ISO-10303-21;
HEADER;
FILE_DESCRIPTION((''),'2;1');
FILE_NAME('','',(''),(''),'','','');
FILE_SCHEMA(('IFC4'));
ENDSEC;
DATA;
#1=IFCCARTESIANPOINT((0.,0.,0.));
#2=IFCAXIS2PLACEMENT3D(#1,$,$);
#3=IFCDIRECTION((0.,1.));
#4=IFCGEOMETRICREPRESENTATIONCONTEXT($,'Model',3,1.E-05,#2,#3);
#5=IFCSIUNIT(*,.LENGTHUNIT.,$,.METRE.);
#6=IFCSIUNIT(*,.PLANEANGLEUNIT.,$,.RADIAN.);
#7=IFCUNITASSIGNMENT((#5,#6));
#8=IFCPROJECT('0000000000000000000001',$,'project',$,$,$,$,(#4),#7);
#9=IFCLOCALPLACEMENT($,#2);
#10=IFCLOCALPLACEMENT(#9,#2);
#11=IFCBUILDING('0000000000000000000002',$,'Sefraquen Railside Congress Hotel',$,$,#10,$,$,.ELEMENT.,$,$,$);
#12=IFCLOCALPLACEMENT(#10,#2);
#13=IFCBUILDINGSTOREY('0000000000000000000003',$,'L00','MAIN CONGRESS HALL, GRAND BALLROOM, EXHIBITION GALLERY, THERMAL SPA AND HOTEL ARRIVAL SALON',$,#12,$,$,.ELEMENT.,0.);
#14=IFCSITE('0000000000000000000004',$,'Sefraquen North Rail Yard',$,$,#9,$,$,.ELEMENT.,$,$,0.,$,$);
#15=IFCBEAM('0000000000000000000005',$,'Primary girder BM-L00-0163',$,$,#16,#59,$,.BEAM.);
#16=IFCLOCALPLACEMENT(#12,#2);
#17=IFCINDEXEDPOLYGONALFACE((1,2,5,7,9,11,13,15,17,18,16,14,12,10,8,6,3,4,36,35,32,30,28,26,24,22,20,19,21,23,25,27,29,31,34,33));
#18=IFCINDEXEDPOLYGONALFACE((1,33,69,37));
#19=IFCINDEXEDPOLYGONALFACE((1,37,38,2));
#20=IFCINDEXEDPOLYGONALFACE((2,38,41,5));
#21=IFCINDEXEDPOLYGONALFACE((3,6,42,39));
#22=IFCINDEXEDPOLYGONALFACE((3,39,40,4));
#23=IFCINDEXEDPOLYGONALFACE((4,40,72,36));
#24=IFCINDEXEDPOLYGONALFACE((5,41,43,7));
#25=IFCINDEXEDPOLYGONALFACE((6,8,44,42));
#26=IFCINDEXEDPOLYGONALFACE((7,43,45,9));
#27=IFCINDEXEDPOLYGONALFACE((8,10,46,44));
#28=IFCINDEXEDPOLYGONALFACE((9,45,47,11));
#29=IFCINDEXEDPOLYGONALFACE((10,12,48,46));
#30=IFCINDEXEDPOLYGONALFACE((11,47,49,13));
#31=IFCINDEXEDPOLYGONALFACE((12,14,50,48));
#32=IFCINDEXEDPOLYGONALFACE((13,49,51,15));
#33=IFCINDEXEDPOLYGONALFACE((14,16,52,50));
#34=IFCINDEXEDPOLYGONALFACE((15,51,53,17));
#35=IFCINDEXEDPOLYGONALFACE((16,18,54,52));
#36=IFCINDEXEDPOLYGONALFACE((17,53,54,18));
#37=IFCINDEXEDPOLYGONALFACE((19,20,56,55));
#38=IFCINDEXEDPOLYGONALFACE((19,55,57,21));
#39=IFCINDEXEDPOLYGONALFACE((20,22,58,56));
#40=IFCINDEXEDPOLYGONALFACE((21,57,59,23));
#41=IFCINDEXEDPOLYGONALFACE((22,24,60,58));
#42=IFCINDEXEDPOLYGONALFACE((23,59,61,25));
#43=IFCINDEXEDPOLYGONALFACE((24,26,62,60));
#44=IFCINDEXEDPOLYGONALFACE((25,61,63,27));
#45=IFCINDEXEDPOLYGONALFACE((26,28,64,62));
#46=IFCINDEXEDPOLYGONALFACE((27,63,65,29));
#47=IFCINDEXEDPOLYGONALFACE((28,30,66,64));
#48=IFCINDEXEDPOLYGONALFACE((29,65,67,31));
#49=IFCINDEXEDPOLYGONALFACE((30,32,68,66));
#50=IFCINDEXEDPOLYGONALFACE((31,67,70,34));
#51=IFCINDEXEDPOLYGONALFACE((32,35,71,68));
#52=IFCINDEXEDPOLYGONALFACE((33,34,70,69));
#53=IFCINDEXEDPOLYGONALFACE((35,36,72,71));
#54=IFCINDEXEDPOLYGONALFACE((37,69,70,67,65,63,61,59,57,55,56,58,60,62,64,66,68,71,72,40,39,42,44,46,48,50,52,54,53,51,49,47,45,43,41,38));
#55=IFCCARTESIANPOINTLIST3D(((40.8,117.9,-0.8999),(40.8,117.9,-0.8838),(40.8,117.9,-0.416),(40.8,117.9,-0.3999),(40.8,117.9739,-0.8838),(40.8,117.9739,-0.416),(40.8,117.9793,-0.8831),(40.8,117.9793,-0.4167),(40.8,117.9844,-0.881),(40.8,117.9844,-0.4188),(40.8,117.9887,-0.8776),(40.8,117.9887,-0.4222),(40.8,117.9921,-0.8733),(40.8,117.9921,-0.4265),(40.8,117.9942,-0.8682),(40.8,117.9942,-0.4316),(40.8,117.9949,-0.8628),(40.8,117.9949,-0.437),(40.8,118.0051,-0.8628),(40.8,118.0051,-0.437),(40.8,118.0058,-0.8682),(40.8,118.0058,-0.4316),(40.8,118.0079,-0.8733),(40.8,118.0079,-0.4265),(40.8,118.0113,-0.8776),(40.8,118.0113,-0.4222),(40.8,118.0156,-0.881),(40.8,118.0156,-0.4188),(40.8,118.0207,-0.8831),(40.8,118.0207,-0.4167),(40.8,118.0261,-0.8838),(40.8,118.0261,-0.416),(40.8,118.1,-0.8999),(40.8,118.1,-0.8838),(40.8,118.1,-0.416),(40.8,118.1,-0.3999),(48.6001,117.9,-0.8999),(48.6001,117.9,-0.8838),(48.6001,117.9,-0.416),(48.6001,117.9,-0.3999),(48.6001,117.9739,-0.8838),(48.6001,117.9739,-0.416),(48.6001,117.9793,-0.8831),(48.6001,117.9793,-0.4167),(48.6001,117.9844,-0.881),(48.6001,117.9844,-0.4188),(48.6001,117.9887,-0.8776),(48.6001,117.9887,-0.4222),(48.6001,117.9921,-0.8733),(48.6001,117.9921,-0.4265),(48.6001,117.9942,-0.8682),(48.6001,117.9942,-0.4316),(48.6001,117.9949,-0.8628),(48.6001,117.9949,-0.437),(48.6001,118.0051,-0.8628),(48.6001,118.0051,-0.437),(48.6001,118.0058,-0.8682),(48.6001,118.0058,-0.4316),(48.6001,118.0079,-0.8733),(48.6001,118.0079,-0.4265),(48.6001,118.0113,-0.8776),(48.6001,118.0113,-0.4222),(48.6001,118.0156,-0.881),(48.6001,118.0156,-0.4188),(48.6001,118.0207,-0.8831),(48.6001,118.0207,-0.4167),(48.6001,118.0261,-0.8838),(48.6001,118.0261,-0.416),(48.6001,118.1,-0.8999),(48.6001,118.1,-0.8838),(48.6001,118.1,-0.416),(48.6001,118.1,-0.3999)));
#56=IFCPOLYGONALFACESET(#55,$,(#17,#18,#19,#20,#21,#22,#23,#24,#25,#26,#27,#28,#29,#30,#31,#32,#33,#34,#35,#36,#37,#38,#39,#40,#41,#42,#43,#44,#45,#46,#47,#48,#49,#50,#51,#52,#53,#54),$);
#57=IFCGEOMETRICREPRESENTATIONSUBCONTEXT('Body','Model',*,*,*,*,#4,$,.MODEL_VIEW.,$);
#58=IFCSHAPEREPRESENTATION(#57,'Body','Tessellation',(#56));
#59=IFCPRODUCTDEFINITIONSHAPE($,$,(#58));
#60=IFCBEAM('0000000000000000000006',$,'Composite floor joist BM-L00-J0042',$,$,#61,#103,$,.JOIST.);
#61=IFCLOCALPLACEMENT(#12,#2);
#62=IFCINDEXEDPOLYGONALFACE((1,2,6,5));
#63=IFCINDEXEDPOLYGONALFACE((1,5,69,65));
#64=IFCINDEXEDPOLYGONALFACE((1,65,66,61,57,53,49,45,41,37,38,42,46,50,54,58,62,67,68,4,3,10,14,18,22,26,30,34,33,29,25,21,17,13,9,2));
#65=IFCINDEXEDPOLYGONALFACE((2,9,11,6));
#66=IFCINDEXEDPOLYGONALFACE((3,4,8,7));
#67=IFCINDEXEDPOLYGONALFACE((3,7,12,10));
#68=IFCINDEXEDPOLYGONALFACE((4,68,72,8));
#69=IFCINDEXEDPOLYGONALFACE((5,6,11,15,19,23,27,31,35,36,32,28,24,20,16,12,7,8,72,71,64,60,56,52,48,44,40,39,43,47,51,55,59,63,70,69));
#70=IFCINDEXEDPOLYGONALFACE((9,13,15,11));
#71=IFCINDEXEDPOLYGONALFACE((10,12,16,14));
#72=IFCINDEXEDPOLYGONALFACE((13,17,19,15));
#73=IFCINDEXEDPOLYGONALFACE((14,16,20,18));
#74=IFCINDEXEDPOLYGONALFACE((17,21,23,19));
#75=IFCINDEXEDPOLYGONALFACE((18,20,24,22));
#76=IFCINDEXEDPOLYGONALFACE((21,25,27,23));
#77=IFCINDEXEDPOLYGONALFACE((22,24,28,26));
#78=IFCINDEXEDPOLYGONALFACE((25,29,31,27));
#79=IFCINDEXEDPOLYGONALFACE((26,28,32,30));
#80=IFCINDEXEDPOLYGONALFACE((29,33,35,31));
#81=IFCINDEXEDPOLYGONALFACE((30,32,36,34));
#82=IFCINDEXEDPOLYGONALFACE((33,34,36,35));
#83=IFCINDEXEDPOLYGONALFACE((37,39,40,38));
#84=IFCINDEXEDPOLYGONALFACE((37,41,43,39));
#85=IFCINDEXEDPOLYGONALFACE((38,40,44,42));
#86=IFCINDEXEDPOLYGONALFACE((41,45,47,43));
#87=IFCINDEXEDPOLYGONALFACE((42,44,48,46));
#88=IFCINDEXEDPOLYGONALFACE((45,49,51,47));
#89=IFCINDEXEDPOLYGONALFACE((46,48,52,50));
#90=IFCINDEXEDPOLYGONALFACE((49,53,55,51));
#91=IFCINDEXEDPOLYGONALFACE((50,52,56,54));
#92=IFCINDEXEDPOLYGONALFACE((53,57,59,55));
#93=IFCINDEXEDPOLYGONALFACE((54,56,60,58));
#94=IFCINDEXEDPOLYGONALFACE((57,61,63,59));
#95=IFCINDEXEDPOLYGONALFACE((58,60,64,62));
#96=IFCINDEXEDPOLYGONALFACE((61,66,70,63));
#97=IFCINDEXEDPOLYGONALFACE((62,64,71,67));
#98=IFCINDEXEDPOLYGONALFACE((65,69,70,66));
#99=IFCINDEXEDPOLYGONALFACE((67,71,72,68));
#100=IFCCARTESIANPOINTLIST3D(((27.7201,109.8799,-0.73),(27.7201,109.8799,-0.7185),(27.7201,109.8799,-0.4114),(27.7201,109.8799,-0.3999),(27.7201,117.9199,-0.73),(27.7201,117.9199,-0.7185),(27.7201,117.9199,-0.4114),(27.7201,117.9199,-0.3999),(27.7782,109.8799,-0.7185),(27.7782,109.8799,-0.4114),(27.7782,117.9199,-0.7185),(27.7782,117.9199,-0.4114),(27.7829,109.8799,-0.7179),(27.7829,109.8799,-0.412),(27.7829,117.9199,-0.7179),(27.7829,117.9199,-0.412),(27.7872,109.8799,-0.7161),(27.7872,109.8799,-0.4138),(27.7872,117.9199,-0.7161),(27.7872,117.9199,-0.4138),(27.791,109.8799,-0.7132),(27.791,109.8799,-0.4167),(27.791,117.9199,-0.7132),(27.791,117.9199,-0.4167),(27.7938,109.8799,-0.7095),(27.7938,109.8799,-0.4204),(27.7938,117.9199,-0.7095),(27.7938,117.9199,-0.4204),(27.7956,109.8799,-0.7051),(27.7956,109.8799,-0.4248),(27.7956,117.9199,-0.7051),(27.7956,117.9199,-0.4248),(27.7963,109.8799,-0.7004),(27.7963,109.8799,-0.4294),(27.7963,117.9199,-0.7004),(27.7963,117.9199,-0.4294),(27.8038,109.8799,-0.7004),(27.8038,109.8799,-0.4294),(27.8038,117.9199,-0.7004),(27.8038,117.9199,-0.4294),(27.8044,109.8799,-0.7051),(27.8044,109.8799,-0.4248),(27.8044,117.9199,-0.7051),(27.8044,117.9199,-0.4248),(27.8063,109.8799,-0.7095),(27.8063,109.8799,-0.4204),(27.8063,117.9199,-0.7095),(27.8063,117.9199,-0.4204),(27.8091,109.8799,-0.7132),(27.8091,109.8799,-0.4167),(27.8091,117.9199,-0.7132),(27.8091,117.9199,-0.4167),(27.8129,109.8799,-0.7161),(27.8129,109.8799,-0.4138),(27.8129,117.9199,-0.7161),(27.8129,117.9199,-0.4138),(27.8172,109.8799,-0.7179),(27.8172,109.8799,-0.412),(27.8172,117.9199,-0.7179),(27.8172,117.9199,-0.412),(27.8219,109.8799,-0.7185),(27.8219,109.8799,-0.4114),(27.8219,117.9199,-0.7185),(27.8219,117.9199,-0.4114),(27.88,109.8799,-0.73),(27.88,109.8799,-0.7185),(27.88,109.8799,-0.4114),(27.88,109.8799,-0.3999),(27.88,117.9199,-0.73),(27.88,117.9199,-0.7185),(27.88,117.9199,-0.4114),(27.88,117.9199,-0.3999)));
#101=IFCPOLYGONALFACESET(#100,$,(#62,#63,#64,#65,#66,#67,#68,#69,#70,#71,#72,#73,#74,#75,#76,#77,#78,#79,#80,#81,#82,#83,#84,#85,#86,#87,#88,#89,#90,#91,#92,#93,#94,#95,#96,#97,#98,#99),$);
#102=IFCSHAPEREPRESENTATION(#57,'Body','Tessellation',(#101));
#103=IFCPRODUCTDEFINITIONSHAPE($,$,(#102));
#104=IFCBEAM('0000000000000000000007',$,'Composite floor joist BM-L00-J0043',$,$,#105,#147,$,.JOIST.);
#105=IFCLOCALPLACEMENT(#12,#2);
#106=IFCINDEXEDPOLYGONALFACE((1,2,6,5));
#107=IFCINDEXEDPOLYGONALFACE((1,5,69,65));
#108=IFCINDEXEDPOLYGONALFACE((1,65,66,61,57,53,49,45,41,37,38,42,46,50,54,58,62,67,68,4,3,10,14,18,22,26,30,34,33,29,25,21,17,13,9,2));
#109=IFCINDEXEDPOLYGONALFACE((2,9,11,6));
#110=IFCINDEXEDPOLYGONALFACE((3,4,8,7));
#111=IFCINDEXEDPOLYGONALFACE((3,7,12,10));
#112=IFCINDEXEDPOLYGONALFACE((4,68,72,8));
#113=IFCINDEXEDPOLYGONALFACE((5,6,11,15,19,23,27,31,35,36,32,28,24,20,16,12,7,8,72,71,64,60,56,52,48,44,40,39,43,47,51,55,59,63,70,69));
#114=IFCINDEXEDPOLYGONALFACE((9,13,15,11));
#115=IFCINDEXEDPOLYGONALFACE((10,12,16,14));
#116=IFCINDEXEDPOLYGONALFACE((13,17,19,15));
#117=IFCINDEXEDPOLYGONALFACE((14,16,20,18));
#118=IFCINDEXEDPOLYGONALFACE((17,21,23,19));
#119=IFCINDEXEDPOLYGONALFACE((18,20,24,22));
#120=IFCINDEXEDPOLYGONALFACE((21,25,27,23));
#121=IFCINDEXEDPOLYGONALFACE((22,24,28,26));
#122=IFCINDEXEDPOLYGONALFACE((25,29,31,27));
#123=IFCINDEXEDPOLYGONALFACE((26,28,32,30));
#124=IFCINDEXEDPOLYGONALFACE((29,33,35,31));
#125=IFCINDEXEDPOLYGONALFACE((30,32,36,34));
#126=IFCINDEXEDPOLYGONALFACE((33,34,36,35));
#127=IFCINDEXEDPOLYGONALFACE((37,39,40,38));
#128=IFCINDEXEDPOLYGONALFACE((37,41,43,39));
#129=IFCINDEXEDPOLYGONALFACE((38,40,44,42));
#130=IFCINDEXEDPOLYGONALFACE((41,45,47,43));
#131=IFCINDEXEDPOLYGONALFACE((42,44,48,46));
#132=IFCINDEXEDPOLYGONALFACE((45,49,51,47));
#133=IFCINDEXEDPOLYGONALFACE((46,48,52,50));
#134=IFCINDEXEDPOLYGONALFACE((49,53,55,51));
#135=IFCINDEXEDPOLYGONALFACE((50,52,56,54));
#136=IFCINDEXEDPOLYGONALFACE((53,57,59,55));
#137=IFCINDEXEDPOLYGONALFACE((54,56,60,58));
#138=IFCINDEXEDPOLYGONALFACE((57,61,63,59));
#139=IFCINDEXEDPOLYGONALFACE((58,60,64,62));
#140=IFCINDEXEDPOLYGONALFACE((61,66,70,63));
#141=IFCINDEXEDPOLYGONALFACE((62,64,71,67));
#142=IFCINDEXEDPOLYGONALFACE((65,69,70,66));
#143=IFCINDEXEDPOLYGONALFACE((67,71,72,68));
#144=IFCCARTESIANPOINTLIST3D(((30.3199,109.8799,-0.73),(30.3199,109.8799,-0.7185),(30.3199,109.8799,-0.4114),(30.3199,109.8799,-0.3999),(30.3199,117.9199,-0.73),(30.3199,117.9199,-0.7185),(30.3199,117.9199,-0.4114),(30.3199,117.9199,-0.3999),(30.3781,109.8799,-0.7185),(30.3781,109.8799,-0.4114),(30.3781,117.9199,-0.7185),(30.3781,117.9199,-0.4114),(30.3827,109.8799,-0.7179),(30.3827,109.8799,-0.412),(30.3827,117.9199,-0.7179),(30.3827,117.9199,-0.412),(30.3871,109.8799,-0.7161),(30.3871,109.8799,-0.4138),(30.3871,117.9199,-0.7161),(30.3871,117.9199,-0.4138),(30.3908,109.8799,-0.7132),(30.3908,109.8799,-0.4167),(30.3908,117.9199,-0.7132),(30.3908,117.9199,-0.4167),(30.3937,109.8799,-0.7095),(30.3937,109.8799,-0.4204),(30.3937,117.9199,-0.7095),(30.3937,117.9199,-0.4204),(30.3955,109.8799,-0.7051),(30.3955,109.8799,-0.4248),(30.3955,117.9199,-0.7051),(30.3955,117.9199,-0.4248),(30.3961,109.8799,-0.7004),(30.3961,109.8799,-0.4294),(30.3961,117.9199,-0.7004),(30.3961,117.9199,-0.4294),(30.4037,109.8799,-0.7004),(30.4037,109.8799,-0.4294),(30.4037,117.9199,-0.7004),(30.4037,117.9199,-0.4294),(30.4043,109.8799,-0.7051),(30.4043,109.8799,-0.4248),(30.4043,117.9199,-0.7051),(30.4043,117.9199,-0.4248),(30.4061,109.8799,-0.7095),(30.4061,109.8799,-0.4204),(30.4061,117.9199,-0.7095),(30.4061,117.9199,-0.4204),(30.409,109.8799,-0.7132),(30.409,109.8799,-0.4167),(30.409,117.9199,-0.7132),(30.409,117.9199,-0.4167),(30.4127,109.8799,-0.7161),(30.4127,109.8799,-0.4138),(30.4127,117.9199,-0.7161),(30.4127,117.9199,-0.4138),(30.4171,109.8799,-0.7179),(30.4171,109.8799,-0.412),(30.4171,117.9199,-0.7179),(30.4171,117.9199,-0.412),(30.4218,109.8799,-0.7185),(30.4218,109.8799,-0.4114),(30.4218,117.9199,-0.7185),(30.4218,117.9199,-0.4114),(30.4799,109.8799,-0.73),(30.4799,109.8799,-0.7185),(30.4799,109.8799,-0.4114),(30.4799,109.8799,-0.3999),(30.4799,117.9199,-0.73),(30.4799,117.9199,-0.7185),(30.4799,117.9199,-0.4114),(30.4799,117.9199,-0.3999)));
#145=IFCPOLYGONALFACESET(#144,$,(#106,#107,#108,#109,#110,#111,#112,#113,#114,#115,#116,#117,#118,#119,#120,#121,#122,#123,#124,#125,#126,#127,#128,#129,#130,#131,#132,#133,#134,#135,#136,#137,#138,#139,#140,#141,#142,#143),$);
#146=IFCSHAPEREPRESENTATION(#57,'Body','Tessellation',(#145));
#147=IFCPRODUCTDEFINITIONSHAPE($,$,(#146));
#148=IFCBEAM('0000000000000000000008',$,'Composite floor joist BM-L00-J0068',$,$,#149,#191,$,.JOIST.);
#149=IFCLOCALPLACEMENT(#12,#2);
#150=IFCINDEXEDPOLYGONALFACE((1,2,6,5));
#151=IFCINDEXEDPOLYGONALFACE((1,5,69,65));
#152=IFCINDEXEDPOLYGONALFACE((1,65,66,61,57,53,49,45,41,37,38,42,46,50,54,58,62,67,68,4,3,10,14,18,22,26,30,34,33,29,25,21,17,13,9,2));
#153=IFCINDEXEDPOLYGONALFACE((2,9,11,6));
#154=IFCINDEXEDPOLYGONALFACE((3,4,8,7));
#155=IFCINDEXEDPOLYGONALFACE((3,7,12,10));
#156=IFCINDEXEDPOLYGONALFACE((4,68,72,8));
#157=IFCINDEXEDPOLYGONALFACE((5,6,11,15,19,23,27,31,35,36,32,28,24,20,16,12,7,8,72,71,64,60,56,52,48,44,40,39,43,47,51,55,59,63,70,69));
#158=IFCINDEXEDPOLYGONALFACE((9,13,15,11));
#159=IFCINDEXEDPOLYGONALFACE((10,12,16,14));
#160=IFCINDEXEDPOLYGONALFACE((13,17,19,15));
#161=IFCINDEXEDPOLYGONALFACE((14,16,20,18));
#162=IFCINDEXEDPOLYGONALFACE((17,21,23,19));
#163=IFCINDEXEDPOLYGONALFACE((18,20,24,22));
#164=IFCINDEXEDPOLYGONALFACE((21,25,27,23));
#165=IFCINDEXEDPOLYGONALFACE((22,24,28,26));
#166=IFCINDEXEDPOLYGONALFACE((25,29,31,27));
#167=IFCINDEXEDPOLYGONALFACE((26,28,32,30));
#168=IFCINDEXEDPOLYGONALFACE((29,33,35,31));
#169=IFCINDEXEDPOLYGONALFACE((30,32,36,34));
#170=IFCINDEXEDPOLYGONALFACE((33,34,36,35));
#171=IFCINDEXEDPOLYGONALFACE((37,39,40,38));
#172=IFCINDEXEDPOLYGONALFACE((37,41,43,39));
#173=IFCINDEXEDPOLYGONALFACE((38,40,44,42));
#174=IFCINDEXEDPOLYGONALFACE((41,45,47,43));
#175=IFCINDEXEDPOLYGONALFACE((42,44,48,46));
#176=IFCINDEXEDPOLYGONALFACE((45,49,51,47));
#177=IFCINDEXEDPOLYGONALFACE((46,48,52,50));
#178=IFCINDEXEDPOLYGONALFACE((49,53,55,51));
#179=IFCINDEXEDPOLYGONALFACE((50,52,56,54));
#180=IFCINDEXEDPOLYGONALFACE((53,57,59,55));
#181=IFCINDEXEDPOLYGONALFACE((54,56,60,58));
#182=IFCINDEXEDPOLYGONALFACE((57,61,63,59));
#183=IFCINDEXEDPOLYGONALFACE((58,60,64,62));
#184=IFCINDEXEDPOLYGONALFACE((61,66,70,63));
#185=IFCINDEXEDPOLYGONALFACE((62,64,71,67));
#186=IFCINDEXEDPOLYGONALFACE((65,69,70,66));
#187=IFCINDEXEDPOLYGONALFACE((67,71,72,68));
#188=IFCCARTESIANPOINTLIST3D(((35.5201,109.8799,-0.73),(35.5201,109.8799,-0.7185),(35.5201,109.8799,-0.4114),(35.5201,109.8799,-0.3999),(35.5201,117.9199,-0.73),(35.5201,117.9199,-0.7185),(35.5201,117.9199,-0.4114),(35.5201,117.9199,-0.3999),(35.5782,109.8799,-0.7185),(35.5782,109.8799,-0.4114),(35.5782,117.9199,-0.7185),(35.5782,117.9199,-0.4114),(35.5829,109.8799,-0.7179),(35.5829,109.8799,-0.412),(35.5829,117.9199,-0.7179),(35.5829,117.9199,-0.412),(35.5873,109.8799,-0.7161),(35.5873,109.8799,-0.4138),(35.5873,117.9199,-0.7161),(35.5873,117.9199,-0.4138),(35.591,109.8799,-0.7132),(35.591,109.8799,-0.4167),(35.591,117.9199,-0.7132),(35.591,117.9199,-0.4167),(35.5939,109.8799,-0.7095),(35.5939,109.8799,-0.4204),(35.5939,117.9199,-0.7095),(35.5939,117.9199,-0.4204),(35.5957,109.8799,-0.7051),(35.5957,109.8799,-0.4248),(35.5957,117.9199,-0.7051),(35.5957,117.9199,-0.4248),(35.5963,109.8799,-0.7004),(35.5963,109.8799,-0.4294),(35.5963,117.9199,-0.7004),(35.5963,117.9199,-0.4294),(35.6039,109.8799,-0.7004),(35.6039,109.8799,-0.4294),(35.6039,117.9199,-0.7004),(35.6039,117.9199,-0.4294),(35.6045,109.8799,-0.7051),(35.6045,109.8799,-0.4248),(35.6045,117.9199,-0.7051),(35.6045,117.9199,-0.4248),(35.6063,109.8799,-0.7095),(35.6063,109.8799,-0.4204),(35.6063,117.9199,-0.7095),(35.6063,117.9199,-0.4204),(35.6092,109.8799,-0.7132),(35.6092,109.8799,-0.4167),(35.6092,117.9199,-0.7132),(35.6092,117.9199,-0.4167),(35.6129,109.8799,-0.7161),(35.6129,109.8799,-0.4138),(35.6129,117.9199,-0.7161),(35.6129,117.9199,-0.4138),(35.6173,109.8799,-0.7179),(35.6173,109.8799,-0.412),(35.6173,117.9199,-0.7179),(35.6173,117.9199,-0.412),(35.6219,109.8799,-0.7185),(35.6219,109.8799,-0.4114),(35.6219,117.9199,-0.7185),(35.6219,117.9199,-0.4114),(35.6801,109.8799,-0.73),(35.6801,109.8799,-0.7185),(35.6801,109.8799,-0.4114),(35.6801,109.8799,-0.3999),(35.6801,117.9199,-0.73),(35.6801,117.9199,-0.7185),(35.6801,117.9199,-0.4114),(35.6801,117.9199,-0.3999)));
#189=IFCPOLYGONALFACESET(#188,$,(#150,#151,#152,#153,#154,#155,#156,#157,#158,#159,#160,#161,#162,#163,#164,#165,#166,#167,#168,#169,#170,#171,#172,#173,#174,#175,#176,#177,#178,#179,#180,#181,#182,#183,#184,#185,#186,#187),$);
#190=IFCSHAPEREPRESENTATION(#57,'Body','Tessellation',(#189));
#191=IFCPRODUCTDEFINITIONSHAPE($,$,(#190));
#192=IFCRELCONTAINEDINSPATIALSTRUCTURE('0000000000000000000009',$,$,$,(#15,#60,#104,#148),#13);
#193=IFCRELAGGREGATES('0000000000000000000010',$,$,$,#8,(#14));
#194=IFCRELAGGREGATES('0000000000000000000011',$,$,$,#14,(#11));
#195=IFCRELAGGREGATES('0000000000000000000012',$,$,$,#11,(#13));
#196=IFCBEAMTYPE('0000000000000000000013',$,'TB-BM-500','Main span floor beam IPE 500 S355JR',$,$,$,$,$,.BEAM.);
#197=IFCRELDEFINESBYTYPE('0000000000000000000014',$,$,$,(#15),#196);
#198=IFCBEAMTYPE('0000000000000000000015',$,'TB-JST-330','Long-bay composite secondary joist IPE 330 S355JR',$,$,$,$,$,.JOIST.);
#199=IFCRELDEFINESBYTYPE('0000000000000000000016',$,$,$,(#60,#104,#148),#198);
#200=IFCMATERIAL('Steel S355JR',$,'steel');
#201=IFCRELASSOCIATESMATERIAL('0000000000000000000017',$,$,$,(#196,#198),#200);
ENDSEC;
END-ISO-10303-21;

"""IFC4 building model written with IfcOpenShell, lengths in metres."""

from ifc_helpers import new_model, si_unit, direction, frame, origin, origin_2d, place, context, subcontext, project, spatial, i_section, extrude, material, material_profile, profile_set, type_object, element, save


model = new_model("IFC4")

# Units and contexts
model_context = context("Model", 3, precision=1e-05, world=origin(), true_north=direction((0.0, 1.0)))
body_context = subcontext(model_context, "Body", "Model", "MODEL_VIEW")
ifc_project = project(units=[si_unit("LENGTHUNIT", "METRE"), si_unit("PLANEANGLEUNIT", "RADIAN")], contexts=[model_context])

# Site, building, storey
site_placement = place(None, origin())
site = spatial("IfcSite", under=ifc_project, at=site_placement, Name="Sefraquen North Rail Yard", CompositionType="ELEMENT", RefElevation=0.0)
building_placement = place(site_placement, origin())
building = spatial("IfcBuilding", under=site, at=building_placement, Name="Sefraquen Railside Congress Hotel", CompositionType="ELEMENT")
storey_placement = place(building_placement, origin())
storey = spatial("IfcBuildingStorey", under=building, at=storey_placement, Name="L00", Description="MAIN CONGRESS HALL, GRAND BALLROOM, EXHIBITION GALLERY, THERMAL SPA AND HOTEL ARRIVAL SALON", CompositionType="ELEMENT", Elevation=0.0)

# Shared definitions
ifc_material_1 = material(Name="Steel S355JR", Category="steel")

# Beams
ifc_material_profile_1 = material_profile(ifc_material_1, i_section(OverallWidth=0.2, OverallDepth=0.5, WebThickness=0.0103, FlangeThickness=0.0161, FilletRadius=0.021, at=origin_2d()), Name="IPE 500")
ifc_profile_set_1 = profile_set([ifc_material_profile_1], Name="Steel S355JR")
beam_type_1 = type_object("IfcBeamType", Name="TB-BM-500", Description="Main span floor beam IPE 500 S355JR", PredefinedType="BEAM", material=ifc_profile_set_1)
for number, where, z_axis, x_axis, name in (
    (1, (40.8, 118.0, -0.6499), (1.0, 0.0, 0.0), (0.0, 1.0, 0.0), "Primary girder BM-L00-0163"),
):
    element("IfcBeam", number, at=place(storey_placement, frame(where, z_axis=z_axis, x_axis=x_axis)), inside=storey, type_object=beam_type_1, Name=name, PredefinedType="BEAM", context=body_context, shape_type="SweptSolid", body=[
        extrude(i_section(OverallWidth=0.2, OverallDepth=0.5, WebThickness=0.0103, FlangeThickness=0.0161, FilletRadius=0.021, at=origin_2d()), origin(), (0.0, 0.0, 1.0), 7.8),
    ])
ifc_material_profile_2 = material_profile(ifc_material_1, i_section(OverallWidth=0.1599, OverallDepth=0.3301, WebThickness=0.0076, FlangeThickness=0.0115, FilletRadius=0.0181, at=origin_2d()), Name="IPE 330")
ifc_profile_set_2 = profile_set([ifc_material_profile_2], Name="Steel S355JR")
beam_type_2 = type_object("IfcBeamType", Name="TB-JST-330", Description="Long-bay composite secondary joist IPE 330 S355JR", PredefinedType="JOIST", material=ifc_profile_set_2)
for number, where, z_axis, x_axis, name in (
    (2, (27.8, 109.8799, -0.5649), (0.0, 1.0, 0.0), (-1.0, 0.0, 0.0), "Composite floor joist BM-L00-J0042"),
    (3, (30.3999, 109.8799, -0.5649), (0.0, 1.0, 0.0), (-1.0, 0.0, 0.0), "Composite floor joist BM-L00-J0043"),
    (4, (35.6001, 109.8799, -0.5649), (0.0, 1.0, 0.0), (-1.0, 0.0, 0.0), "Composite floor joist BM-L00-J0068"),
):
    element("IfcBeam", number, at=place(storey_placement, frame(where, z_axis=z_axis, x_axis=x_axis)), inside=storey, type_object=beam_type_2, Name=name, PredefinedType="JOIST", context=body_context, shape_type="SweptSolid", body=[
        extrude(i_section(OverallWidth=0.1599, OverallDepth=0.3301, WebThickness=0.0076, FlangeThickness=0.0115, FilletRadius=0.0181, at=origin_2d()), origin(), (0.0, 0.0, 1.0), 8.04),
    ])

save(model, "model.ifc")
